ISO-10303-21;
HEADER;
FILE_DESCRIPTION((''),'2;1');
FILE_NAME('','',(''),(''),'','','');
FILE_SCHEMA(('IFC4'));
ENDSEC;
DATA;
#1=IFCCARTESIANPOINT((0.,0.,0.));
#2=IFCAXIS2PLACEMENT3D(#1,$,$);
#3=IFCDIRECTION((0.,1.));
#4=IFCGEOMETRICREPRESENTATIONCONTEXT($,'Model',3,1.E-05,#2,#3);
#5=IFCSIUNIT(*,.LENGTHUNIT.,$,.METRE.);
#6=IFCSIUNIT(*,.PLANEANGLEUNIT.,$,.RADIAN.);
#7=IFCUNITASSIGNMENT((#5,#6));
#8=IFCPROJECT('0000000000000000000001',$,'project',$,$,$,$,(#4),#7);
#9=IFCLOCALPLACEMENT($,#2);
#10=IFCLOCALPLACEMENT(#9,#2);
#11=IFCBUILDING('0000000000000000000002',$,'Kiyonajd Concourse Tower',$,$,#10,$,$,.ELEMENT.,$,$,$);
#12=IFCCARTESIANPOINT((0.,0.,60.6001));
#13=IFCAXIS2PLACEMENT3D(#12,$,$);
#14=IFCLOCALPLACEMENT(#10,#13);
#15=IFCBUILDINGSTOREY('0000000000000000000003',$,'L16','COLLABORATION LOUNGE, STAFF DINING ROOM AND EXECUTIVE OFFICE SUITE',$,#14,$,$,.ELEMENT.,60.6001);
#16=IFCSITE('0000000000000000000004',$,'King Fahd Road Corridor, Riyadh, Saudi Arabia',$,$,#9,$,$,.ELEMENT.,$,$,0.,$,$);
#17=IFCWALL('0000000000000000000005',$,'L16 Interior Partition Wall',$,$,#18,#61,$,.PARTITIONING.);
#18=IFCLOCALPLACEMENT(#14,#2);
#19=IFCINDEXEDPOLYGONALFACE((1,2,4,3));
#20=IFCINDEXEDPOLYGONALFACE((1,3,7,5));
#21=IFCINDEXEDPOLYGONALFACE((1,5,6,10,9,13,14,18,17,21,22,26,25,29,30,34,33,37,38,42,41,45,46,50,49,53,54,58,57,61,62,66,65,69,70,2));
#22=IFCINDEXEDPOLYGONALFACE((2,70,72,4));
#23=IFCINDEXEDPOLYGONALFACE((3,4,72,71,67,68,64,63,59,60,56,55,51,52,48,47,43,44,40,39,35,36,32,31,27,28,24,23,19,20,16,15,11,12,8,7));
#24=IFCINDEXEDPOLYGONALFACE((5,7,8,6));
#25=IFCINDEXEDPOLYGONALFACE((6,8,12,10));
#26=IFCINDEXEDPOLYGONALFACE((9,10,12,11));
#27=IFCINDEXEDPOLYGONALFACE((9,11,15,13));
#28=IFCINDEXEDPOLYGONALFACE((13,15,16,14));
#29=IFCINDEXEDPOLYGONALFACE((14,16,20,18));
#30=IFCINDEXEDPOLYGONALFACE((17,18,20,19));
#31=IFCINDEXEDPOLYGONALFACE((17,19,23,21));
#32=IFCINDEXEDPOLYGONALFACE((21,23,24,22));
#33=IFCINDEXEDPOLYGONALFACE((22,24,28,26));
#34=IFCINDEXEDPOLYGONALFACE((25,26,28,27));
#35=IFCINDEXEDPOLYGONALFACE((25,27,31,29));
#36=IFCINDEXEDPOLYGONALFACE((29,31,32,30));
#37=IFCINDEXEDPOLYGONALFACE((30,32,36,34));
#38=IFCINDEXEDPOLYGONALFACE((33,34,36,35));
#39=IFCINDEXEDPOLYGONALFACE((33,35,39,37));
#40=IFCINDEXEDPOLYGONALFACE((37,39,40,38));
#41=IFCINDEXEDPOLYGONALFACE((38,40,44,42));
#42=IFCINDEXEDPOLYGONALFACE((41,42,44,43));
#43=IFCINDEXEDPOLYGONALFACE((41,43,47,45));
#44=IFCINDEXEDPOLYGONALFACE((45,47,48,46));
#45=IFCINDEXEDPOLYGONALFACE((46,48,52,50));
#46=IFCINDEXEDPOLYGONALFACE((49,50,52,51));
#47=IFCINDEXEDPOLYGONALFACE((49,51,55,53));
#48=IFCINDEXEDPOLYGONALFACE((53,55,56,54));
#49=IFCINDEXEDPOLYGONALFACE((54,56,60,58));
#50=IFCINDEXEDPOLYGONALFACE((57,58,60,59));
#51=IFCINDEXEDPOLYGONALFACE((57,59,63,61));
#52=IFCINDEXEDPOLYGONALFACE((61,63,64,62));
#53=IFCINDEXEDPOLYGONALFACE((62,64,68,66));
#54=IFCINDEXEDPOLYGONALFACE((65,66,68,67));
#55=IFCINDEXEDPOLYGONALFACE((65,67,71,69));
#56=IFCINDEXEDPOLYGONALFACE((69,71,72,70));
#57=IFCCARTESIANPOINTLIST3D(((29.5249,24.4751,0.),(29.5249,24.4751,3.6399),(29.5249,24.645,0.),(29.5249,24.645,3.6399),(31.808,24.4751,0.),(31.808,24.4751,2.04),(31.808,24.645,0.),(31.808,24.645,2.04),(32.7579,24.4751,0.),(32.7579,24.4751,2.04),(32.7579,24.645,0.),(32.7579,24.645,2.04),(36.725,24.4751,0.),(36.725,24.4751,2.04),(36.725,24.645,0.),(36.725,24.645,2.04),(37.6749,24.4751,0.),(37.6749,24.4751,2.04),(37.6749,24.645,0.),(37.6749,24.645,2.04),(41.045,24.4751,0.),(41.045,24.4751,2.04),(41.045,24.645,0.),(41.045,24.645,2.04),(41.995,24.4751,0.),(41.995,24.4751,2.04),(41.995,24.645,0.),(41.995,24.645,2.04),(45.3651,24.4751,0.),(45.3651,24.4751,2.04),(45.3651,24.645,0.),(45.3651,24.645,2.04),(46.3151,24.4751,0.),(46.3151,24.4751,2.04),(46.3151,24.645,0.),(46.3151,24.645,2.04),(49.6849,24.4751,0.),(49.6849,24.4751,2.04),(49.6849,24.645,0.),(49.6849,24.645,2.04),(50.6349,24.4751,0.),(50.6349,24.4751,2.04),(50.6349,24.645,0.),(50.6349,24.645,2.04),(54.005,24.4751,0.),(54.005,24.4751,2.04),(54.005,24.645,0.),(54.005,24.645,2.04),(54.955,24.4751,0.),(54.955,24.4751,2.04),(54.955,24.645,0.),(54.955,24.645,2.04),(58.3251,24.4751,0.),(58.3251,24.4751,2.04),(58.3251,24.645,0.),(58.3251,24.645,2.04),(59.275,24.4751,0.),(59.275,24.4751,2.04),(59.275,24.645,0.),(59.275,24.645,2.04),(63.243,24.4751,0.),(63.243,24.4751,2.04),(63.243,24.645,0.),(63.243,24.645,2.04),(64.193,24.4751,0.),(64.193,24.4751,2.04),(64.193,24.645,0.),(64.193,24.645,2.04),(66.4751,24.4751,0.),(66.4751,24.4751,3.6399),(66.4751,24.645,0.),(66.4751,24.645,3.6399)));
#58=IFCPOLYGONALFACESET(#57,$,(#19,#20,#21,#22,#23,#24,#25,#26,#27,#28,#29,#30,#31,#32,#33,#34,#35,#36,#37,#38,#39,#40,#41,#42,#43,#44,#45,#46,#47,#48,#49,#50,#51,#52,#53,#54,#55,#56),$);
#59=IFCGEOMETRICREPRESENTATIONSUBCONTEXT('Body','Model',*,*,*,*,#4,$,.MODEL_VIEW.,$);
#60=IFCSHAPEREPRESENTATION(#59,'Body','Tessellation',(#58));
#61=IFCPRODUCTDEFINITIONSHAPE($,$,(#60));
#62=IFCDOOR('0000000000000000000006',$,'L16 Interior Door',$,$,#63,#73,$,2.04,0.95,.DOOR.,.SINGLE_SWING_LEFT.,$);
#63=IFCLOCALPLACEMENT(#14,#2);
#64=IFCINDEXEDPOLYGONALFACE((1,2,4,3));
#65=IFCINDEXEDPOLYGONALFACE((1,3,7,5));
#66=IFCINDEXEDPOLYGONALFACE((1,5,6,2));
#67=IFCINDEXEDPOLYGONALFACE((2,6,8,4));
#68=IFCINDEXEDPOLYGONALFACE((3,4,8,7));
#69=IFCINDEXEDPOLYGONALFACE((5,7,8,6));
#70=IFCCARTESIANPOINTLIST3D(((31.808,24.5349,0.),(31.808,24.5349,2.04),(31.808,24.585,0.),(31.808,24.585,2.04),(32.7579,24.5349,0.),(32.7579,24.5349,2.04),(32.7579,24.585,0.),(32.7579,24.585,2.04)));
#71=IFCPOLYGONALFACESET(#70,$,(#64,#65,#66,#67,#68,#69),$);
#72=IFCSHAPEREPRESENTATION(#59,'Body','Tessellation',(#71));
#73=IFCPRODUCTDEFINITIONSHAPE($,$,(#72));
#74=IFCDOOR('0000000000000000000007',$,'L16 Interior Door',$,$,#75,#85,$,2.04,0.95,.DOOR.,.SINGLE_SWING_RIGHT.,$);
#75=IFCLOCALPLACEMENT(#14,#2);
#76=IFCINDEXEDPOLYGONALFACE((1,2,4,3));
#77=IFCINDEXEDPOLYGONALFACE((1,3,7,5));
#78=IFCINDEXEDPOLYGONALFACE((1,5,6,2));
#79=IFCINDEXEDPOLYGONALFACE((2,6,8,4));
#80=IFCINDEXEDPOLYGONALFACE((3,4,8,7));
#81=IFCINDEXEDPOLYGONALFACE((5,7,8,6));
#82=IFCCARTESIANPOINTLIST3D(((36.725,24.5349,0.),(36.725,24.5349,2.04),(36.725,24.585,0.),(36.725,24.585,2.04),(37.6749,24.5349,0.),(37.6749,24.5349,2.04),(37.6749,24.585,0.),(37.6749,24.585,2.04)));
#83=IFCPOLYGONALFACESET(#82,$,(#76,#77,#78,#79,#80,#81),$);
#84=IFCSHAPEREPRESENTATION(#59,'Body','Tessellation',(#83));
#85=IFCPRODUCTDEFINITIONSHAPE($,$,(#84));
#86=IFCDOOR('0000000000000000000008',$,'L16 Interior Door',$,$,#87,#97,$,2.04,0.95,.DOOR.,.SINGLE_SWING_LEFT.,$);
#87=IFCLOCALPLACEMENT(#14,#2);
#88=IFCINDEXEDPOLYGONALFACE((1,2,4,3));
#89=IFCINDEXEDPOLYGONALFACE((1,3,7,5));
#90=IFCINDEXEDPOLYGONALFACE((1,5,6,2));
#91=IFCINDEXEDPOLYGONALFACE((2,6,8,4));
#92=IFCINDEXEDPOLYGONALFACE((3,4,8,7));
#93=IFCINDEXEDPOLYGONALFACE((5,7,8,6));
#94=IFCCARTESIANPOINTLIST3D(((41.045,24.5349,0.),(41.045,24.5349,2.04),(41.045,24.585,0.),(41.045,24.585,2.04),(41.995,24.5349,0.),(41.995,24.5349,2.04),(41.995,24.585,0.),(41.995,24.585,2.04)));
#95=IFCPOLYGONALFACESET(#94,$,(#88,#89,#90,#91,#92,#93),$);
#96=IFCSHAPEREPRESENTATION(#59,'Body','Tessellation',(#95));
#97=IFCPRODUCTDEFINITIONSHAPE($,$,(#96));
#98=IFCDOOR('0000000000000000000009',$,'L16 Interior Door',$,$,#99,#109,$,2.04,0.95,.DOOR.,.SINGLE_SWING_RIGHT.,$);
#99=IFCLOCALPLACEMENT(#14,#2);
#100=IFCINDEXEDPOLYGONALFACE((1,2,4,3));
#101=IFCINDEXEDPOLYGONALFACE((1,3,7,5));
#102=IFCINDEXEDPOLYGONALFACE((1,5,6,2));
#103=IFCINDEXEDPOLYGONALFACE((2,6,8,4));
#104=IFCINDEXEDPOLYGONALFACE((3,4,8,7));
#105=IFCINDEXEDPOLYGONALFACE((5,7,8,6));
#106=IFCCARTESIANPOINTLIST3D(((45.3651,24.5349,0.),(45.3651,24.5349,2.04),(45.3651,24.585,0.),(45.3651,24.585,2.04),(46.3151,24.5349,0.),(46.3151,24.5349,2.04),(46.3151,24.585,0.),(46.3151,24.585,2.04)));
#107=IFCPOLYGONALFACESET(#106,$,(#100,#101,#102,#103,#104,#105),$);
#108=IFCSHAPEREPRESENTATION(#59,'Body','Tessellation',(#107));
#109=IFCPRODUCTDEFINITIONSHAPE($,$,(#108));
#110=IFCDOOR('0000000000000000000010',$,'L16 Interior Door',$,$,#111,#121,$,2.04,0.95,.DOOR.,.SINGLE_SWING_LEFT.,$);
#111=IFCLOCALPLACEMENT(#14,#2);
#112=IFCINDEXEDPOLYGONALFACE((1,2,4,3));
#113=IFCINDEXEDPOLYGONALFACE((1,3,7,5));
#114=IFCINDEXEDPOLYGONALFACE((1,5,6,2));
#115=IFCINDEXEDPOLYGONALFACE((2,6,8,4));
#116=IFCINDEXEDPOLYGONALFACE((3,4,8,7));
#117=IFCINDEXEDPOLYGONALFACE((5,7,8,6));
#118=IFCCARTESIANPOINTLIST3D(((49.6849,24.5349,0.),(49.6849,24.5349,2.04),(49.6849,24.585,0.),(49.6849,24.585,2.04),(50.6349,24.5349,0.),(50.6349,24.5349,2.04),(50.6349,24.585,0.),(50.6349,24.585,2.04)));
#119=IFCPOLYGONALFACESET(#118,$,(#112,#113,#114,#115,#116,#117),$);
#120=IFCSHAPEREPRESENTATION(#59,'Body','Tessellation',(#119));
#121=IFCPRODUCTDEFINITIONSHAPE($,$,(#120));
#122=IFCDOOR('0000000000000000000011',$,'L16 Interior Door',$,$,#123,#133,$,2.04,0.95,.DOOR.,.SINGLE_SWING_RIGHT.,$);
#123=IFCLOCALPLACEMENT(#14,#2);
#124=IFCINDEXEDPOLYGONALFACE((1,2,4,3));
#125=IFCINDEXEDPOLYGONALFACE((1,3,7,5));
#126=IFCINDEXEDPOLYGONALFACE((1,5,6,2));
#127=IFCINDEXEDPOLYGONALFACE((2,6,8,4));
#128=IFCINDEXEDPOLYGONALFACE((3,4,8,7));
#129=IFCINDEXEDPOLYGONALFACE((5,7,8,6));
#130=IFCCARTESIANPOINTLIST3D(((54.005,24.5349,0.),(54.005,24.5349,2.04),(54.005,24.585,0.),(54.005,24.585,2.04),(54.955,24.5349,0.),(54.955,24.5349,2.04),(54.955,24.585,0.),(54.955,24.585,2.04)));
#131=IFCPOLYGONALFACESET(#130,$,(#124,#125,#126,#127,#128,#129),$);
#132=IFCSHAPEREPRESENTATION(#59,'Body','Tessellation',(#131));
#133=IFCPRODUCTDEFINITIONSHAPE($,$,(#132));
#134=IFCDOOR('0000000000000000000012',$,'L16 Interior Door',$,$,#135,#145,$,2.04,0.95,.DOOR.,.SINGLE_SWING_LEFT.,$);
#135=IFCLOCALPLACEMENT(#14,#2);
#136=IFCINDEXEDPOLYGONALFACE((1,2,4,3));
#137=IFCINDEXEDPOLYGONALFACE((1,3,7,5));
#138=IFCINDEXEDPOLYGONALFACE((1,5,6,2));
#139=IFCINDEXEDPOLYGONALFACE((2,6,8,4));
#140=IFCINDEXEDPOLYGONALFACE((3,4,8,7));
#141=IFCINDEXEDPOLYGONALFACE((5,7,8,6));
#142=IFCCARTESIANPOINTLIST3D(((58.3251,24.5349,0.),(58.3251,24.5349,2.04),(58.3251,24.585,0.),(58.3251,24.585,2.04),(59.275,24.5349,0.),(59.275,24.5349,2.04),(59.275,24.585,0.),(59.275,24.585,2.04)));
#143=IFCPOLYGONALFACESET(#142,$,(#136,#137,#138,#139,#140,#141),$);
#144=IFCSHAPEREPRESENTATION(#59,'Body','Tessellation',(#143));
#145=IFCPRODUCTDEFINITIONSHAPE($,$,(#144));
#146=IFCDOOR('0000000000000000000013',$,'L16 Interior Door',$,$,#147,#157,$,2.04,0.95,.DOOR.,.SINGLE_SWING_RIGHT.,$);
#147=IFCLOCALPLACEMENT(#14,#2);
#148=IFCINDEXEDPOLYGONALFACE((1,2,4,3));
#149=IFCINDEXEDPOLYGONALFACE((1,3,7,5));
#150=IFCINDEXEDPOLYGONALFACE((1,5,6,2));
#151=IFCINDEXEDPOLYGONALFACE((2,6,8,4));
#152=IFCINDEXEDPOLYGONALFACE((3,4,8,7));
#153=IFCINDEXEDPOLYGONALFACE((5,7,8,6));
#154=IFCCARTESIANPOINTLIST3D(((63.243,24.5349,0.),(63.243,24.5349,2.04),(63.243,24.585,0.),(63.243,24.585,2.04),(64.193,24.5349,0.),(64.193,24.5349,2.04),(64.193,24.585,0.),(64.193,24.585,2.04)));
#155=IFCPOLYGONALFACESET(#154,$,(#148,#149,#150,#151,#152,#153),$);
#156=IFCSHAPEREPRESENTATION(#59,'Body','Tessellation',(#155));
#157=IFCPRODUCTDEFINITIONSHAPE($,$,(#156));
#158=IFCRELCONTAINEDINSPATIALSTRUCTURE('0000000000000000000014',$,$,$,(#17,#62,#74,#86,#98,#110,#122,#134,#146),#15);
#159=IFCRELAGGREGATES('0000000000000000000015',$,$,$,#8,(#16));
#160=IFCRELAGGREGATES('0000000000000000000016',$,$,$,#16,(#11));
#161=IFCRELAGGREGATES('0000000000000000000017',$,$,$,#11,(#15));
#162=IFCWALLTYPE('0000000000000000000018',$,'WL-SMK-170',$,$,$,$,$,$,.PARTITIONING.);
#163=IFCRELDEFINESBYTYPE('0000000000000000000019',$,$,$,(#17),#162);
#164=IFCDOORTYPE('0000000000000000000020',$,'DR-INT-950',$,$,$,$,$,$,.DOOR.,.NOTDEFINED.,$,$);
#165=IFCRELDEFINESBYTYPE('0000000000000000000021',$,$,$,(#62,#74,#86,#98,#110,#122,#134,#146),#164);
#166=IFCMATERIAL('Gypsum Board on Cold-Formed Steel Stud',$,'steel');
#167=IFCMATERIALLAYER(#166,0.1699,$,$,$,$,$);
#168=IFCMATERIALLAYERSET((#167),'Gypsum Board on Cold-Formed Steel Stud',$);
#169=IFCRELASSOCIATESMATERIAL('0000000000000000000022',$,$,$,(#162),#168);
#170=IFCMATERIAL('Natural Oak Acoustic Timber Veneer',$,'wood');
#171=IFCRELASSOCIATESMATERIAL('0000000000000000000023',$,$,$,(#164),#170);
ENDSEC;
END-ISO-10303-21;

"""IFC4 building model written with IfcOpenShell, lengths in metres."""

from ifc_helpers import new_model, si_unit, direction, frame, frame_2d, origin, place, context, subcontext, project, spatial, rectangle, extrude, material, layer, layer_set, type_object, element, fill, save


model = new_model("IFC4")

# Units and contexts
model_context = context("Model", 3, precision=1e-05, world=origin(), true_north=direction((0.0, 1.0)))
body_context = subcontext(model_context, "Body", "Model", "MODEL_VIEW")
ifc_project = project(units=[si_unit("LENGTHUNIT", "METRE"), si_unit("PLANEANGLEUNIT", "RADIAN")], contexts=[model_context])

# Site, building, storey
site_placement = place(None, origin())
site = spatial("IfcSite", under=ifc_project, at=site_placement, Name="King Fahd Road Corridor, Riyadh, Saudi Arabia", CompositionType="ELEMENT", RefElevation=0.0)
building_placement = place(site_placement, origin())
building = spatial("IfcBuilding", under=site, at=building_placement, Name="Kiyonajd Concourse Tower", CompositionType="ELEMENT")
storey_placement = place(building_placement, frame((0.0, 0.0, 60.6001)))
storey = spatial("IfcBuildingStorey", under=building, at=storey_placement, Name="L16", Description="COLLABORATION LOUNGE, STAFF DINING ROOM AND EXECUTIVE OFFICE SUITE", CompositionType="ELEMENT", Elevation=60.6001)

# Wall, openings, doors
ifc_material_1 = material(Name="Gypsum Board on Cold-Formed Steel Stud", Category="steel")
ifc_layer_1 = layer(ifc_material_1, 0.1699)
ifc_layer_set_1 = layer_set([ifc_layer_1], Name="Gypsum Board on Cold-Formed Steel Stud")
wall_type_1 = type_object("IfcWallType", Name="WL-SMK-170", PredefinedType="PARTITIONING", material=ifc_layer_set_1)
wall_1_placement = place(storey_placement, frame((29.5249, 24.5601, 0.0), z_axis=(0.0, 0.0, 1.0), x_axis=(1.0, 0.0, 0.0)))
wall_1 = element("IfcWall", 1, at=wall_1_placement, inside=storey, type_object=wall_type_1, Name="L16 Interior Partition Wall", PredefinedType="PARTITIONING", context=body_context, shape_type="SweptSolid", body=[
    extrude(rectangle(XDim=36.9502, YDim=0.1699, at=frame_2d((18.4751, 0.0))), origin(), (0.0, 0.0, 1.0), 3.6399),
])
opening_1_placement = place(wall_1_placement, frame((2.283, 0.0, 0.0)))
opening_1 = element("IfcOpeningElement", 2, at=opening_1_placement, cuts=wall_1, PredefinedType="OPENING", context=body_context, shape_type="SweptSolid", body=[
    extrude(rectangle(XDim=0.95, YDim=2.04, at=frame_2d((0.4751, 1.02))), frame((0.0, 0.095, 0.0), z_axis=(0.0, -1.0, 0.0), x_axis=(1.0, 0.0, 0.0)), (0.0, 0.0, 1.0), 0.1899),
])
opening_2_placement = place(wall_1_placement, frame((7.2, 0.0, 0.0)))
opening_2 = element("IfcOpeningElement", 3, at=opening_2_placement, cuts=wall_1, PredefinedType="OPENING", context=body_context, shape_type="SweptSolid", body=[
    extrude(rectangle(XDim=0.95, YDim=2.04, at=frame_2d((0.4751, 1.02))), frame((0.0, 0.095, 0.0), z_axis=(0.0, -1.0, 0.0), x_axis=(1.0, 0.0, 0.0)), (0.0, 0.0, 1.0), 0.1899),
])
opening_3_placement = place(wall_1_placement, frame((11.52, 0.0, 0.0)))
opening_3 = element("IfcOpeningElement", 4, at=opening_3_placement, cuts=wall_1, PredefinedType="OPENING", context=body_context, shape_type="SweptSolid", body=[
    extrude(rectangle(XDim=0.95, YDim=2.04, at=frame_2d((0.4751, 1.02))), frame((0.0, 0.095, 0.0), z_axis=(0.0, -1.0, 0.0), x_axis=(1.0, 0.0, 0.0)), (0.0, 0.0, 1.0), 0.1899),
])
opening_4_placement = place(wall_1_placement, frame((15.8401, 0.0, 0.0)))
opening_4 = element("IfcOpeningElement", 5, at=opening_4_placement, cuts=wall_1, PredefinedType="OPENING", context=body_context, shape_type="SweptSolid", body=[
    extrude(rectangle(XDim=0.95, YDim=2.04, at=frame_2d((0.4751, 1.02))), frame((0.0, 0.095, 0.0), z_axis=(0.0, -1.0, 0.0), x_axis=(1.0, 0.0, 0.0)), (0.0, 0.0, 1.0), 0.1899),
])
opening_5_placement = place(wall_1_placement, frame((20.1599, 0.0, 0.0)))
opening_5 = element("IfcOpeningElement", 6, at=opening_5_placement, cuts=wall_1, PredefinedType="OPENING", context=body_context, shape_type="SweptSolid", body=[
    extrude(rectangle(XDim=0.95, YDim=2.04, at=frame_2d((0.4751, 1.02))), frame((0.0, 0.095, 0.0), z_axis=(0.0, -1.0, 0.0), x_axis=(1.0, 0.0, 0.0)), (0.0, 0.0, 1.0), 0.1899),
])
opening_6_placement = place(wall_1_placement, frame((24.48, 0.0, 0.0)))
opening_6 = element("IfcOpeningElement", 7, at=opening_6_placement, cuts=wall_1, PredefinedType="OPENING", context=body_context, shape_type="SweptSolid", body=[
    extrude(rectangle(XDim=0.95, YDim=2.04, at=frame_2d((0.4751, 1.02))), frame((0.0, 0.095, 0.0), z_axis=(0.0, -1.0, 0.0), x_axis=(1.0, 0.0, 0.0)), (0.0, 0.0, 1.0), 0.1899),
])
opening_7_placement = place(wall_1_placement, frame((28.8, 0.0, 0.0)))
opening_7 = element("IfcOpeningElement", 8, at=opening_7_placement, cuts=wall_1, PredefinedType="OPENING", context=body_context, shape_type="SweptSolid", body=[
    extrude(rectangle(XDim=0.95, YDim=2.04, at=frame_2d((0.4751, 1.02))), frame((0.0, 0.095, 0.0), z_axis=(0.0, -1.0, 0.0), x_axis=(1.0, 0.0, 0.0)), (0.0, 0.0, 1.0), 0.1899),
])
opening_8_placement = place(wall_1_placement, frame((33.718, 0.0, 0.0)))
opening_8 = element("IfcOpeningElement", 9, at=opening_8_placement, cuts=wall_1, PredefinedType="OPENING", context=body_context, shape_type="SweptSolid", body=[
    extrude(rectangle(XDim=0.95, YDim=2.04, at=frame_2d((0.4751, 1.02))), frame((0.0, 0.095, 0.0), z_axis=(0.0, -1.0, 0.0), x_axis=(1.0, 0.0, 0.0)), (0.0, 0.0, 1.0), 0.1899),
])
ifc_material_2 = material(Name="Natural Oak Acoustic Timber Veneer", Category="wood")
door_type_1 = type_object("IfcDoorType", Name="DR-INT-950", OperationType="NOTDEFINED", PredefinedType="DOOR", material=ifc_material_2)
door_1_placement = place(opening_1_placement, origin())
door_1 = element("IfcDoor", 10, at=door_1_placement, inside=storey, type_object=door_type_1, Name="L16 Interior Door", OperationType="SINGLE_SWING_LEFT", OverallHeight=2.04, OverallWidth=0.95, PredefinedType="DOOR", context=body_context, shape_type="SweptSolid", body=[
    extrude(rectangle(XDim=0.95, YDim=2.04, at=frame_2d((0.4751, 1.02))), frame((0.0, 0.0249, 0.0), z_axis=(0.0, -1.0, 0.0), x_axis=(1.0, 0.0, 0.0)), (0.0, 0.0, 1.0), 0.05),
])
fill(opening_1, door_1)
door_2_placement = place(opening_2_placement, origin())
door_2 = element("IfcDoor", 11, at=door_2_placement, inside=storey, type_object=door_type_1, Name="L16 Interior Door", OperationType="SINGLE_SWING_RIGHT", OverallHeight=2.04, OverallWidth=0.95, PredefinedType="DOOR", context=body_context, shape_type="SweptSolid", body=[
    extrude(rectangle(XDim=0.95, YDim=2.04, at=frame_2d((0.4751, 1.02))), frame((0.0, 0.0249, 0.0), z_axis=(0.0, -1.0, 0.0), x_axis=(1.0, 0.0, 0.0)), (0.0, 0.0, 1.0), 0.05),
])
fill(opening_2, door_2)
door_3_placement = place(opening_3_placement, origin())
door_3 = element("IfcDoor", 12, at=door_3_placement, inside=storey, type_object=door_type_1, Name="L16 Interior Door", OperationType="SINGLE_SWING_LEFT", OverallHeight=2.04, OverallWidth=0.95, PredefinedType="DOOR", context=body_context, shape_type="SweptSolid", body=[
    extrude(rectangle(XDim=0.95, YDim=2.04, at=frame_2d((0.4751, 1.02))), frame((0.0, 0.0249, 0.0), z_axis=(0.0, -1.0, 0.0), x_axis=(1.0, 0.0, 0.0)), (0.0, 0.0, 1.0), 0.05),
])
fill(opening_3, door_3)
door_4_placement = place(opening_4_placement, origin())
door_4 = element("IfcDoor", 13, at=door_4_placement, inside=storey, type_object=door_type_1, Name="L16 Interior Door", OperationType="SINGLE_SWING_RIGHT", OverallHeight=2.04, OverallWidth=0.95, PredefinedType="DOOR", context=body_context, shape_type="SweptSolid", body=[
    extrude(rectangle(XDim=0.95, YDim=2.04, at=frame_2d((0.4751, 1.02))), frame((0.0, 0.0249, 0.0), z_axis=(0.0, -1.0, 0.0), x_axis=(1.0, 0.0, 0.0)), (0.0, 0.0, 1.0), 0.05),
])
fill(opening_4, door_4)
door_5_placement = place(opening_5_placement, origin())
door_5 = element("IfcDoor", 14, at=door_5_placement, inside=storey, type_object=door_type_1, Name="L16 Interior Door", OperationType="SINGLE_SWING_LEFT", OverallHeight=2.04, OverallWidth=0.95, PredefinedType="DOOR", context=body_context, shape_type="SweptSolid", body=[
    extrude(rectangle(XDim=0.95, YDim=2.04, at=frame_2d((0.4751, 1.02))), frame((0.0, 0.0249, 0.0), z_axis=(0.0, -1.0, 0.0), x_axis=(1.0, 0.0, 0.0)), (0.0, 0.0, 1.0), 0.05),
])
fill(opening_5, door_5)
door_6_placement = place(opening_6_placement, origin())
door_6 = element("IfcDoor", 15, at=door_6_placement, inside=storey, type_object=door_type_1, Name="L16 Interior Door", OperationType="SINGLE_SWING_RIGHT", OverallHeight=2.04, OverallWidth=0.95, PredefinedType="DOOR", context=body_context, shape_type="SweptSolid", body=[
    extrude(rectangle(XDim=0.95, YDim=2.04, at=frame_2d((0.4751, 1.02))), frame((0.0, 0.0249, 0.0), z_axis=(0.0, -1.0, 0.0), x_axis=(1.0, 0.0, 0.0)), (0.0, 0.0, 1.0), 0.05),
])
fill(opening_6, door_6)
door_7_placement = place(opening_7_placement, origin())
door_7 = element("IfcDoor", 16, at=door_7_placement, inside=storey, type_object=door_type_1, Name="L16 Interior Door", OperationType="SINGLE_SWING_LEFT", OverallHeight=2.04, OverallWidth=0.95, PredefinedType="DOOR", context=body_context, shape_type="SweptSolid", body=[
    extrude(rectangle(XDim=0.95, YDim=2.04, at=frame_2d((0.4751, 1.02))), frame((0.0, 0.0249, 0.0), z_axis=(0.0, -1.0, 0.0), x_axis=(1.0, 0.0, 0.0)), (0.0, 0.0, 1.0), 0.05),
])
fill(opening_7, door_7)
door_8_placement = place(opening_8_placement, origin())
door_8 = element("IfcDoor", 17, at=door_8_placement, inside=storey, type_object=door_type_1, Name="L16 Interior Door", OperationType="SINGLE_SWING_RIGHT", OverallHeight=2.04, OverallWidth=0.95, PredefinedType="DOOR", context=body_context, shape_type="SweptSolid", body=[
    extrude(rectangle(XDim=0.95, YDim=2.04, at=frame_2d((0.4751, 1.02))), frame((0.0, 0.0249, 0.0), z_axis=(0.0, -1.0, 0.0), x_axis=(1.0, 0.0, 0.0)), (0.0, 0.0, 1.0), 0.05),
])
fill(opening_8, door_8)

save(model, "model.ifc")
